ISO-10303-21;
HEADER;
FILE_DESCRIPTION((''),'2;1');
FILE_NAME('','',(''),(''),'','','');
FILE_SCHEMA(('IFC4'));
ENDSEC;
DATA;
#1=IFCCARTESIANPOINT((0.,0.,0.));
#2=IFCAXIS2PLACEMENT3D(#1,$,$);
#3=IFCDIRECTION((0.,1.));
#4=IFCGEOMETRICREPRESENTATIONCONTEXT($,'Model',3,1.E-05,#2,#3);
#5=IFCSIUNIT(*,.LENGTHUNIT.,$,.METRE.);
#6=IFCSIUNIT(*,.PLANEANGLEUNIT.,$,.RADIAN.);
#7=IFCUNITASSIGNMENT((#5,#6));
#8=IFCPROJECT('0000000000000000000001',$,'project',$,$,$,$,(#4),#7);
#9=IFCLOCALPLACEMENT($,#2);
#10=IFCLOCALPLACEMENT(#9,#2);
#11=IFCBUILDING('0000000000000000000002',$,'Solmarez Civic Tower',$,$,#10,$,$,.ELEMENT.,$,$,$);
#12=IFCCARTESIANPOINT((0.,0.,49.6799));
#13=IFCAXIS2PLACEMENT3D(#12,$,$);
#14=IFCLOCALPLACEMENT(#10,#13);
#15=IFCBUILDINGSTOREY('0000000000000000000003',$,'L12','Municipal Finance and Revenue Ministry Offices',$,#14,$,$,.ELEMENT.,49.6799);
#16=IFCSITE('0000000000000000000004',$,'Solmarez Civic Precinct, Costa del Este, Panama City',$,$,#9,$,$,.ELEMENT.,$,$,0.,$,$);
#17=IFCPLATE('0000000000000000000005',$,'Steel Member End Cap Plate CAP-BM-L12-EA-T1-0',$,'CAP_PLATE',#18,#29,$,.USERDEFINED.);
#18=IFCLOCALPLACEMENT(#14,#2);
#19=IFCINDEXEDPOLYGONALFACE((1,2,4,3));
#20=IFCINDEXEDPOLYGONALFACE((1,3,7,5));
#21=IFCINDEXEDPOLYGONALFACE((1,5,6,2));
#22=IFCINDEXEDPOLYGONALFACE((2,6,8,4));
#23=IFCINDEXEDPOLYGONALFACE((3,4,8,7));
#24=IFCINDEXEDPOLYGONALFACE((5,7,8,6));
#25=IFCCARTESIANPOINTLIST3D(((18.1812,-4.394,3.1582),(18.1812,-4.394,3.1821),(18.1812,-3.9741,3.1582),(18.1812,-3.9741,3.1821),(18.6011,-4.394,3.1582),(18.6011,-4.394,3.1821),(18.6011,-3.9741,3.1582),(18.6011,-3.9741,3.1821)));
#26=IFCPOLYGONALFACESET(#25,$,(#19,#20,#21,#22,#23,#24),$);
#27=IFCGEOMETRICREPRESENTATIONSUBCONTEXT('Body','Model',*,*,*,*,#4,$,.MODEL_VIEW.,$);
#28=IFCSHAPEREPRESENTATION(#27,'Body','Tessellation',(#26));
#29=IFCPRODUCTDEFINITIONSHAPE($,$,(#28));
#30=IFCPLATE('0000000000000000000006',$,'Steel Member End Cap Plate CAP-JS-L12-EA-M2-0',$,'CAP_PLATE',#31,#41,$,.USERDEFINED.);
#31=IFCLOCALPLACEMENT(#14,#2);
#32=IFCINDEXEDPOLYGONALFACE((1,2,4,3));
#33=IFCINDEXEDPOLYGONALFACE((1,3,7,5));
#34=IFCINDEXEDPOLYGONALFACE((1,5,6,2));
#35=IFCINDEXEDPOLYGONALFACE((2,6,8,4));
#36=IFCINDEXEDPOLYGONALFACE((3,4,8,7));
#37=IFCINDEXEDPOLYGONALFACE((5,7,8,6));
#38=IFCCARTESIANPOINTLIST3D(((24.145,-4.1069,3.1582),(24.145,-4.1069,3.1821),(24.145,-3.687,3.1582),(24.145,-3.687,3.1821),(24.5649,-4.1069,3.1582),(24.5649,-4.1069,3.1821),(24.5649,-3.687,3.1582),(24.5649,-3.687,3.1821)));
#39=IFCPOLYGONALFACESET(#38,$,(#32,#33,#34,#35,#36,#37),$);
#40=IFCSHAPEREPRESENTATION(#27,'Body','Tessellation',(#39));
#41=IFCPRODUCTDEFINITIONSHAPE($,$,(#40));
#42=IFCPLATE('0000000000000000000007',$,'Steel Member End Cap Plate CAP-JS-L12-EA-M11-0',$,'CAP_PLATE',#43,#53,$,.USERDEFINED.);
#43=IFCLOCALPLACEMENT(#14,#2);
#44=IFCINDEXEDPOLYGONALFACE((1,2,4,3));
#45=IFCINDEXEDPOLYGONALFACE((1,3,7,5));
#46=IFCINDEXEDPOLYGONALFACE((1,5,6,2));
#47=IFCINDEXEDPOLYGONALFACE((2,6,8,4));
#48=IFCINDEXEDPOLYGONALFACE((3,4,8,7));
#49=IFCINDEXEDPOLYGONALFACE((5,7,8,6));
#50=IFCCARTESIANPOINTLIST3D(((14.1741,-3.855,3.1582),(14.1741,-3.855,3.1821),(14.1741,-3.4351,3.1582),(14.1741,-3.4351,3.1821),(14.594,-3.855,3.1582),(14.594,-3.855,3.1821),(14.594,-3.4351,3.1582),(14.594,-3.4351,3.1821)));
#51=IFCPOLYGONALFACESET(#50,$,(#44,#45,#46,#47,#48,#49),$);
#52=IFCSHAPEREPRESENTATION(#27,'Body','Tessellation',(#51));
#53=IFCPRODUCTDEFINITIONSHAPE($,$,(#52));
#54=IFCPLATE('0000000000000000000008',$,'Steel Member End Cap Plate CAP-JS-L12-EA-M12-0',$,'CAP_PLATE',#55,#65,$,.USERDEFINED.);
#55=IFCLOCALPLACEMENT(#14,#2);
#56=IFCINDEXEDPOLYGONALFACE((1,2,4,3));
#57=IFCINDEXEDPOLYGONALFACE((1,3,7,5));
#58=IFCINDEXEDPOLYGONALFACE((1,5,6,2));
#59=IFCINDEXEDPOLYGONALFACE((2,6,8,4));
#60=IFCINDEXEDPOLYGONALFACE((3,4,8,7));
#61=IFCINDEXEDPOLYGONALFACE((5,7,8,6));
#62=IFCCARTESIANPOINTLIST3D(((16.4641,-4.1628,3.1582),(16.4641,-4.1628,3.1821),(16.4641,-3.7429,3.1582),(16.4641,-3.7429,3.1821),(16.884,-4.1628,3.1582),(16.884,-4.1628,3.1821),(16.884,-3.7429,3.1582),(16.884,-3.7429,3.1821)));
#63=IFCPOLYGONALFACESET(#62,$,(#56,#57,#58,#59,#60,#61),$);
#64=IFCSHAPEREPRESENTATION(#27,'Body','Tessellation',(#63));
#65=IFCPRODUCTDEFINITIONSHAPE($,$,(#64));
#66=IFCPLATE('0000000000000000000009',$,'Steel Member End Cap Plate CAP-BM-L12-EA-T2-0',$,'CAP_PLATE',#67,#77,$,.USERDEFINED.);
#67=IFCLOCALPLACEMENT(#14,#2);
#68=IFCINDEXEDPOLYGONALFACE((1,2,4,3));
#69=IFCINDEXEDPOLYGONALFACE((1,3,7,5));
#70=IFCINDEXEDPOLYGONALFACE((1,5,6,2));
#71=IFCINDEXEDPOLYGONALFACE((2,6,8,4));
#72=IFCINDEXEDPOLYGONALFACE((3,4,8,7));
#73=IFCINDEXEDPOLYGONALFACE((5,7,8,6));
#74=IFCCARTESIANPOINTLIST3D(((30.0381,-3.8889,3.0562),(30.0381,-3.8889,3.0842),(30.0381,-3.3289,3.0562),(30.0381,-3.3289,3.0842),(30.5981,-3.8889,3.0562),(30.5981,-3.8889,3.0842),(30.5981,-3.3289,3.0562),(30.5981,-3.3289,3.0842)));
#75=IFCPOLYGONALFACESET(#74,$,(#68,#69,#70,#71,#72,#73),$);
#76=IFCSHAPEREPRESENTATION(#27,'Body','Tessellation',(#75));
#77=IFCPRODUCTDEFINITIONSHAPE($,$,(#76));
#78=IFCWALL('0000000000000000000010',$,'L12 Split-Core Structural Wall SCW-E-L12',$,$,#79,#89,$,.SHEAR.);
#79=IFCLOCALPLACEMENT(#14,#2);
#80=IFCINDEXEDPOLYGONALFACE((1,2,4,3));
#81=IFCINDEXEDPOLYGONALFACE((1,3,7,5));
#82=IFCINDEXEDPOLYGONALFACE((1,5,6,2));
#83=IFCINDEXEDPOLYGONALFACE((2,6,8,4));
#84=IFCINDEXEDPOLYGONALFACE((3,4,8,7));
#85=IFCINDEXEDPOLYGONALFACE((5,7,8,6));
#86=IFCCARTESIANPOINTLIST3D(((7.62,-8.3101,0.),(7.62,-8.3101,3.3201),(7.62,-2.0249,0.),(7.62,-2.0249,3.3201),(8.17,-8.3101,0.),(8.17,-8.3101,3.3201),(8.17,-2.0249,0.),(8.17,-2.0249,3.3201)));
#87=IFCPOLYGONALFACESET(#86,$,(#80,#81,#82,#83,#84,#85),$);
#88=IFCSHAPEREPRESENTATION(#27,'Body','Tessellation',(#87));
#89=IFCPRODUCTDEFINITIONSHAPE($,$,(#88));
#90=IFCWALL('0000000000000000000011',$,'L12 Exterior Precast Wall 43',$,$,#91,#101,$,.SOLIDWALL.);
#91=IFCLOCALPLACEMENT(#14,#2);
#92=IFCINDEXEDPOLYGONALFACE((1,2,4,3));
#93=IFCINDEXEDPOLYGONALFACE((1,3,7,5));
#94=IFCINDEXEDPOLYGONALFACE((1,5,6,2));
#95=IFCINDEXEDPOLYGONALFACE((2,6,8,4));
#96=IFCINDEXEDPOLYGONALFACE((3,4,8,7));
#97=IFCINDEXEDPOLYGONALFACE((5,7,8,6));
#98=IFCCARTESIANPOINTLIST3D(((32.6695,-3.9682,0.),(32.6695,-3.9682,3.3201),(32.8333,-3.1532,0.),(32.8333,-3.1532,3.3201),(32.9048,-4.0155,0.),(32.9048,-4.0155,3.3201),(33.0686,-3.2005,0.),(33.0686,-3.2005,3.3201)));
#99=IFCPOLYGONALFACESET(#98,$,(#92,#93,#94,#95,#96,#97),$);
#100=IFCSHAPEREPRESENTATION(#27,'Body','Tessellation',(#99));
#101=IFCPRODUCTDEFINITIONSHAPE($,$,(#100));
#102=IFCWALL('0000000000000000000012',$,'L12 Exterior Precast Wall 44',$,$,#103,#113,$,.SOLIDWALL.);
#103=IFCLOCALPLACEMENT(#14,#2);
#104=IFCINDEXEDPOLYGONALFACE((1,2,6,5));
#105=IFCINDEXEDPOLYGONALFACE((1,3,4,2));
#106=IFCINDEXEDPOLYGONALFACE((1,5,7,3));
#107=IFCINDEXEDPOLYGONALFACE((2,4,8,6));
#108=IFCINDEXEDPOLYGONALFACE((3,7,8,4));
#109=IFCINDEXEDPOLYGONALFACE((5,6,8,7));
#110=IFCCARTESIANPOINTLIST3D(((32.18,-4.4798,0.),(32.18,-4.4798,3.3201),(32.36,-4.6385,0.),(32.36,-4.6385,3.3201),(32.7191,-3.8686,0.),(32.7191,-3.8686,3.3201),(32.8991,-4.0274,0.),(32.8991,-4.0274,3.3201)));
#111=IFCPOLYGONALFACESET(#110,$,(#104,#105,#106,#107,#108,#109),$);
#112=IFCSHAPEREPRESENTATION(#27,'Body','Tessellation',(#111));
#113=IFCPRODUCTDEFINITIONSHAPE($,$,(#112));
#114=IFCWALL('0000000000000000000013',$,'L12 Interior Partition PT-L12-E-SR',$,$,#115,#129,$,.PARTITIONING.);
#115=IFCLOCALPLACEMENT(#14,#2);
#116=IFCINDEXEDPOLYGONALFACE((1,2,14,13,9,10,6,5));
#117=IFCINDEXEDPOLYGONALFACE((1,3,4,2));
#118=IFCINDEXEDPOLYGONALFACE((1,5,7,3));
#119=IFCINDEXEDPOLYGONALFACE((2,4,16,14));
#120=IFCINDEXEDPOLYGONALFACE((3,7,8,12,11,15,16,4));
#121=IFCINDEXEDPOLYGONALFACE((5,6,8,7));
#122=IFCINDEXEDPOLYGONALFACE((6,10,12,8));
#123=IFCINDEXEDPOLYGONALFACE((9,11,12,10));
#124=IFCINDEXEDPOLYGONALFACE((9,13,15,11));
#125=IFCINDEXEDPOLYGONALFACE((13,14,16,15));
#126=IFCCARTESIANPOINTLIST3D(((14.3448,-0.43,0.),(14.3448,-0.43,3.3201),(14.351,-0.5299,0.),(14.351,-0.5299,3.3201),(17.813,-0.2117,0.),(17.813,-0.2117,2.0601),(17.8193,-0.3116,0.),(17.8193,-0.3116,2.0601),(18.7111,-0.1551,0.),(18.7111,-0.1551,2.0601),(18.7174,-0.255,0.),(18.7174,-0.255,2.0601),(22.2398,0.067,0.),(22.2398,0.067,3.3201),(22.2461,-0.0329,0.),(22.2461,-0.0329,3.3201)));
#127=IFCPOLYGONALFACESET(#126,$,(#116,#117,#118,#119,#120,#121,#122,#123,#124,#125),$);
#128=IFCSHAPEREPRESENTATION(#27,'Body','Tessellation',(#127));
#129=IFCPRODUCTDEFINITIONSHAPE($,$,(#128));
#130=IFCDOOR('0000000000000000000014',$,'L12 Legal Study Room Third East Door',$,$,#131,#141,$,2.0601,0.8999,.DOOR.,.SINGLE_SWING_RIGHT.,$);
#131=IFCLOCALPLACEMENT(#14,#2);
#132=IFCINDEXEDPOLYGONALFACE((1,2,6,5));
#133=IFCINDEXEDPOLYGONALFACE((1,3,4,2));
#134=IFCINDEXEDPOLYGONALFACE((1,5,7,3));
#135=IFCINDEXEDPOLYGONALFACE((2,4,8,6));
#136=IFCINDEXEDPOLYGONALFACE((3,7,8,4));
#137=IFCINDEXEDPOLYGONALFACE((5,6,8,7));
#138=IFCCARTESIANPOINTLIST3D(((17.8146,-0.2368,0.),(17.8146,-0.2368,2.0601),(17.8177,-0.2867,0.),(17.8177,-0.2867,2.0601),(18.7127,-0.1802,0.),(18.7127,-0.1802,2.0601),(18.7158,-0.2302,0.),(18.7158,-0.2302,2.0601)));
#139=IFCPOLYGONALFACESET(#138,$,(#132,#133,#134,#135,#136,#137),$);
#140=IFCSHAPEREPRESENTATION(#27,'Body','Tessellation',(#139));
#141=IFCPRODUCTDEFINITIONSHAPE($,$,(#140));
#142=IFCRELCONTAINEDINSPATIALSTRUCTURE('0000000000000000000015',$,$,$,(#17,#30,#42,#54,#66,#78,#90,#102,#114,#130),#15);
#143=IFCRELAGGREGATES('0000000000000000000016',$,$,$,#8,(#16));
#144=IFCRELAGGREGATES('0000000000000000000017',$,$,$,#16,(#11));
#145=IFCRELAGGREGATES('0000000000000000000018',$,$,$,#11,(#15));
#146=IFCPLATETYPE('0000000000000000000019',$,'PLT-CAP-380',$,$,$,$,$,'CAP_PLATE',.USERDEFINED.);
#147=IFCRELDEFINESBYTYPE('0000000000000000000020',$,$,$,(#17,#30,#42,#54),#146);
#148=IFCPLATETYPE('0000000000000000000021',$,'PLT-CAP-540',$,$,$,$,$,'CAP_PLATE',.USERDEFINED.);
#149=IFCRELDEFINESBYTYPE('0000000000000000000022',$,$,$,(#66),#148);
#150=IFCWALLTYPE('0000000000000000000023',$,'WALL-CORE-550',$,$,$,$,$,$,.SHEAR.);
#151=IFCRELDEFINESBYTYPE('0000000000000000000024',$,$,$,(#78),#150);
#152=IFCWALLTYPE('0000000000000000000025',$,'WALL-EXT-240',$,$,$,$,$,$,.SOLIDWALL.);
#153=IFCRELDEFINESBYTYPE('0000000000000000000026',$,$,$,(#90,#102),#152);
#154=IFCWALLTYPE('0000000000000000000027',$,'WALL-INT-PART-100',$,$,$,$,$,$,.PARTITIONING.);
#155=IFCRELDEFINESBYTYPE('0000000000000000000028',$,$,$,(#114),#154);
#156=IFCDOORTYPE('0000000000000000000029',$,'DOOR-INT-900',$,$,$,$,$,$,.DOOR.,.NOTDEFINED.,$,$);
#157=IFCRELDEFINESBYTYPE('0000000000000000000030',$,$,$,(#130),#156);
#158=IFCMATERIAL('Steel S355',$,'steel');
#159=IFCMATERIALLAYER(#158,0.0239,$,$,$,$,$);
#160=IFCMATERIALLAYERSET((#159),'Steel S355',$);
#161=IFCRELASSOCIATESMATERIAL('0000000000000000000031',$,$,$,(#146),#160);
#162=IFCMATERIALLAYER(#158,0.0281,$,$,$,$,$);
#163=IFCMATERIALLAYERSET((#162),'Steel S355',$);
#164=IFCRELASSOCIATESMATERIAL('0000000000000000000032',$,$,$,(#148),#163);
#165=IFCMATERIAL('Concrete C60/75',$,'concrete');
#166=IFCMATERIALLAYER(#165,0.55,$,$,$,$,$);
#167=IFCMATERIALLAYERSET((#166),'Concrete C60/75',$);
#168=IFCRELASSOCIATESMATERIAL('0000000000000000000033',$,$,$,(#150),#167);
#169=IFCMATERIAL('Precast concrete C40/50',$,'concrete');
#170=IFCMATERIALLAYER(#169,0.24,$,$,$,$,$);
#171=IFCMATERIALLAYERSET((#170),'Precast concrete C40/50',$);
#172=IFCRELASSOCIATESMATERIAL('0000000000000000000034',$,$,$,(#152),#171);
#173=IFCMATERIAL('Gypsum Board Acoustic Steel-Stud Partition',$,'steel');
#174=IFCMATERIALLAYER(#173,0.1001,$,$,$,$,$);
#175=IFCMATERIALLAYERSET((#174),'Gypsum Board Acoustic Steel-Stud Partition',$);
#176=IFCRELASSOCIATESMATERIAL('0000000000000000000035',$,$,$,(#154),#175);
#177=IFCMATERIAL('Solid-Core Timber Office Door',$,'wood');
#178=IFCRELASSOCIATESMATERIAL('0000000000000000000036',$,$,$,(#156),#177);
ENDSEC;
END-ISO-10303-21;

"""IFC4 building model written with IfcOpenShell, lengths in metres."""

from ifc_helpers import new_model, si_unit, direction, frame, frame_2d, origin, origin_2d, place, context, subcontext, project, spatial, rectangle, extrude, material, layer, layer_set, type_object, element, fill, save


model = new_model("IFC4")

# Units and contexts
model_context = context("Model", 3, precision=1e-05, world=origin(), true_north=direction((0.0, 1.0)))
body_context = subcontext(model_context, "Body", "Model", "MODEL_VIEW")
ifc_project = project(units=[si_unit("LENGTHUNIT", "METRE"), si_unit("PLANEANGLEUNIT", "RADIAN")], contexts=[model_context])

# Site, building, storey
site_placement = place(None, origin())
site = spatial("IfcSite", under=ifc_project, at=site_placement, Name="Solmarez Civic Precinct, Costa del Este, Panama City", CompositionType="ELEMENT", RefElevation=0.0)
building_placement = place(site_placement, origin())
building = spatial("IfcBuilding", under=site, at=building_placement, Name="Solmarez Civic Tower", CompositionType="ELEMENT")
storey_placement = place(building_placement, frame((0.0, 0.0, 49.6799)))
storey = spatial("IfcBuildingStorey", under=building, at=storey_placement, Name="L12", Description="Municipal Finance and Revenue Ministry Offices", CompositionType="ELEMENT", Elevation=49.6799)

# Shared definitions
ifc_material_1 = material(Name="Concrete C60/75", Category="concrete")

# Shared definitions
ifc_material_2 = material(Name="Steel S355", Category="steel")

# Plates
ifc_layer_1 = layer(ifc_material_2, 0.0239)
ifc_layer_set_1 = layer_set([ifc_layer_1], Name="Steel S355")
plate_type_1 = type_object("IfcPlateType", Name="PLT-CAP-380", ElementType="CAP_PLATE", PredefinedType="USERDEFINED", material=ifc_layer_set_1)
for number, where, z_axis, x_axis, name in (
    (1, (18.3911, -4.1841, 3.1582), (0.0, 0.0, 1.0), (1.0, 0.0, 0.0), "Steel Member End Cap Plate CAP-BM-L12-EA-T1-0"),
    (2, (24.355, -3.897, 3.1582), (0.0, 0.0, 1.0), (1.0, 0.0, 0.0), "Steel Member End Cap Plate CAP-JS-L12-EA-M2-0"),
    (3, (14.384, -3.645, 3.1582), (0.0, 0.0, 1.0), (1.0, 0.0, 0.0), "Steel Member End Cap Plate CAP-JS-L12-EA-M11-0"),
    (4, (16.6741, -3.9529, 3.1582), (0.0, 0.0, 1.0), (1.0, 0.0, 0.0), "Steel Member End Cap Plate CAP-JS-L12-EA-M12-0"),
):
    element("IfcPlate", number, at=place(storey_placement, frame(where, z_axis=z_axis, x_axis=x_axis)), inside=storey, type_object=plate_type_1, Name=name, ObjectType="CAP_PLATE", PredefinedType="USERDEFINED", context=body_context, shape_type="SweptSolid", body=[
        extrude(rectangle(XDim=0.4199, YDim=0.4199, at=origin_2d()), origin(), (0.0, 0.0, 1.0), 0.0239),
    ])
ifc_layer_2 = layer(ifc_material_2, 0.0281)
ifc_layer_set_2 = layer_set([ifc_layer_2], Name="Steel S355")
plate_type_2 = type_object("IfcPlateType", Name="PLT-CAP-540", ElementType="CAP_PLATE", PredefinedType="USERDEFINED", material=ifc_layer_set_2)
plate_placement = place(storey_placement, frame((30.3181, -3.6089, 3.0562), z_axis=(0.0, 0.0, 1.0), x_axis=(1.0, 0.0, 0.0)))
element("IfcPlate", 5, at=plate_placement, inside=storey, type_object=plate_type_2, Name="Steel Member End Cap Plate CAP-BM-L12-EA-T2-0", ObjectType="CAP_PLATE", PredefinedType="USERDEFINED", context=body_context, shape_type="SweptSolid", body=[
    extrude(rectangle(XDim=0.5601, YDim=0.5601, at=origin_2d()), origin(), (0.0, 0.0, 1.0), 0.0281),
])

# Walls
ifc_layer_3 = layer(ifc_material_1, 0.55)
ifc_layer_set_3 = layer_set([ifc_layer_3], Name="Concrete C60/75")
wall_type_1 = type_object("IfcWallType", Name="WALL-CORE-550", PredefinedType="SHEAR", material=ifc_layer_set_3)
wall_1_placement = place(storey_placement, frame((7.895, -2.0249, 0.0), z_axis=(0.0, 0.0, 1.0), x_axis=(0.0, -1.0, 0.0)))
element("IfcWall", 6, at=wall_1_placement, inside=storey, type_object=wall_type_1, Name="L12 Split-Core Structural Wall SCW-E-L12", PredefinedType="SHEAR", context=body_context, shape_type="SweptSolid", body=[
    extrude(rectangle(XDim=6.2852, YDim=0.55, at=frame_2d((3.1426, 0.0))), origin(), (0.0, 0.0, 1.0), 3.3201),
])
ifc_material_3 = material(Name="Precast concrete C40/50", Category="concrete")
ifc_layer_4 = layer(ifc_material_3, 0.24)
ifc_layer_set_4 = layer_set([ifc_layer_4], Name="Precast concrete C40/50")
wall_type_2 = type_object("IfcWallType", Name="WALL-EXT-240", PredefinedType="SOLIDWALL", material=ifc_layer_set_4)
wall_2_placement = place(storey_placement, frame((32.9509, -3.177, 0.0), z_axis=(0.0, 0.0, 1.0), x_axis=(-0.197076, -0.980388, 0.0)))
element("IfcWall", 7, at=wall_2_placement, inside=storey, type_object=wall_type_2, Name="L12 Exterior Precast Wall 43", PredefinedType="SOLIDWALL", context=body_context, shape_type="SweptSolid", body=[
    extrude(rectangle(XDim=0.8313, YDim=0.24, at=frame_2d((0.4155, 0.0))), origin(), (0.0, 0.0, 1.0), 3.3201),
])
wall_3_placement = place(storey_placement, frame((32.8091, -3.948, 0.0), z_axis=(0.0, 0.0, 1.0), x_axis=(-0.661532, -0.749917, 0.0)))
element("IfcWall", 8, at=wall_3_placement, inside=storey, type_object=wall_type_2, Name="L12 Exterior Precast Wall 44", PredefinedType="SOLIDWALL", context=body_context, shape_type="SweptSolid", body=[
    extrude(rectangle(XDim=0.8149, YDim=0.24, at=frame_2d((0.4075, 0.0))), origin(), (0.0, 0.0, 1.0), 3.3201),
])

# Wall, opening, door
ifc_material_4 = material(Name="Gypsum Board Acoustic Steel-Stud Partition", Category="steel")
ifc_layer_5 = layer(ifc_material_4, 0.1001)
ifc_layer_set_5 = layer_set([ifc_layer_5], Name="Gypsum Board Acoustic Steel-Stud Partition")
wall_type_3 = type_object("IfcWallType", Name="WALL-INT-PART-100", PredefinedType="PARTITIONING", material=ifc_layer_set_5)
wall_4_placement = place(storey_placement, frame((14.3479, -0.48, 0.0), z_axis=(0.0, 0.0, 1.0), x_axis=(0.998024, 0.062836, 0.0)))
wall_4 = element("IfcWall", 9, at=wall_4_placement, inside=storey, type_object=wall_type_3, Name="L12 Interior Partition PT-L12-E-SR", PredefinedType="PARTITIONING", context=body_context, shape_type="SweptSolid", body=[
    extrude(rectangle(XDim=7.9106, YDim=0.1001, at=frame_2d((3.9553, 0.0))), origin(), (0.0, 0.0, 1.0), 3.3201),
])
opening_placement = place(wall_4_placement, frame((3.4751, 0.0, 0.0)))
opening = element("IfcOpeningElement", 10, at=opening_placement, cuts=wall_4, PredefinedType="OPENING", context=body_context, shape_type="SweptSolid", body=[
    extrude(rectangle(XDim=0.8999, YDim=2.0601, at=frame_2d((0.45, 1.03))), frame((0.0, 0.0601, 0.0), z_axis=(0.0, -1.0, 0.0), x_axis=(1.0, 0.0, 0.0)), (0.0, 0.0, 1.0), 0.1201),
])
ifc_material_5 = material(Name="Solid-Core Timber Office Door", Category="wood")
door_type = type_object("IfcDoorType", Name="DOOR-INT-900", OperationType="NOTDEFINED", PredefinedType="DOOR", material=ifc_material_5)
door_placement = place(opening_placement, origin())
door = element("IfcDoor", 11, at=door_placement, inside=storey, type_object=door_type, Name="L12 Legal Study Room Third East Door", OperationType="SINGLE_SWING_RIGHT", OverallHeight=2.0601, OverallWidth=0.8999, PredefinedType="DOOR", context=body_context, shape_type="SweptSolid", body=[
    extrude(rectangle(XDim=0.8999, YDim=2.0601, at=frame_2d((0.45, 1.03))), frame((0.0, 0.0249, 0.0), z_axis=(0.0, -1.0, 0.0), x_axis=(1.0, 0.0, 0.0)), (0.0, 0.0, 1.0), 0.05),
])
fill(opening, door)

save(model, "model.ifc")
